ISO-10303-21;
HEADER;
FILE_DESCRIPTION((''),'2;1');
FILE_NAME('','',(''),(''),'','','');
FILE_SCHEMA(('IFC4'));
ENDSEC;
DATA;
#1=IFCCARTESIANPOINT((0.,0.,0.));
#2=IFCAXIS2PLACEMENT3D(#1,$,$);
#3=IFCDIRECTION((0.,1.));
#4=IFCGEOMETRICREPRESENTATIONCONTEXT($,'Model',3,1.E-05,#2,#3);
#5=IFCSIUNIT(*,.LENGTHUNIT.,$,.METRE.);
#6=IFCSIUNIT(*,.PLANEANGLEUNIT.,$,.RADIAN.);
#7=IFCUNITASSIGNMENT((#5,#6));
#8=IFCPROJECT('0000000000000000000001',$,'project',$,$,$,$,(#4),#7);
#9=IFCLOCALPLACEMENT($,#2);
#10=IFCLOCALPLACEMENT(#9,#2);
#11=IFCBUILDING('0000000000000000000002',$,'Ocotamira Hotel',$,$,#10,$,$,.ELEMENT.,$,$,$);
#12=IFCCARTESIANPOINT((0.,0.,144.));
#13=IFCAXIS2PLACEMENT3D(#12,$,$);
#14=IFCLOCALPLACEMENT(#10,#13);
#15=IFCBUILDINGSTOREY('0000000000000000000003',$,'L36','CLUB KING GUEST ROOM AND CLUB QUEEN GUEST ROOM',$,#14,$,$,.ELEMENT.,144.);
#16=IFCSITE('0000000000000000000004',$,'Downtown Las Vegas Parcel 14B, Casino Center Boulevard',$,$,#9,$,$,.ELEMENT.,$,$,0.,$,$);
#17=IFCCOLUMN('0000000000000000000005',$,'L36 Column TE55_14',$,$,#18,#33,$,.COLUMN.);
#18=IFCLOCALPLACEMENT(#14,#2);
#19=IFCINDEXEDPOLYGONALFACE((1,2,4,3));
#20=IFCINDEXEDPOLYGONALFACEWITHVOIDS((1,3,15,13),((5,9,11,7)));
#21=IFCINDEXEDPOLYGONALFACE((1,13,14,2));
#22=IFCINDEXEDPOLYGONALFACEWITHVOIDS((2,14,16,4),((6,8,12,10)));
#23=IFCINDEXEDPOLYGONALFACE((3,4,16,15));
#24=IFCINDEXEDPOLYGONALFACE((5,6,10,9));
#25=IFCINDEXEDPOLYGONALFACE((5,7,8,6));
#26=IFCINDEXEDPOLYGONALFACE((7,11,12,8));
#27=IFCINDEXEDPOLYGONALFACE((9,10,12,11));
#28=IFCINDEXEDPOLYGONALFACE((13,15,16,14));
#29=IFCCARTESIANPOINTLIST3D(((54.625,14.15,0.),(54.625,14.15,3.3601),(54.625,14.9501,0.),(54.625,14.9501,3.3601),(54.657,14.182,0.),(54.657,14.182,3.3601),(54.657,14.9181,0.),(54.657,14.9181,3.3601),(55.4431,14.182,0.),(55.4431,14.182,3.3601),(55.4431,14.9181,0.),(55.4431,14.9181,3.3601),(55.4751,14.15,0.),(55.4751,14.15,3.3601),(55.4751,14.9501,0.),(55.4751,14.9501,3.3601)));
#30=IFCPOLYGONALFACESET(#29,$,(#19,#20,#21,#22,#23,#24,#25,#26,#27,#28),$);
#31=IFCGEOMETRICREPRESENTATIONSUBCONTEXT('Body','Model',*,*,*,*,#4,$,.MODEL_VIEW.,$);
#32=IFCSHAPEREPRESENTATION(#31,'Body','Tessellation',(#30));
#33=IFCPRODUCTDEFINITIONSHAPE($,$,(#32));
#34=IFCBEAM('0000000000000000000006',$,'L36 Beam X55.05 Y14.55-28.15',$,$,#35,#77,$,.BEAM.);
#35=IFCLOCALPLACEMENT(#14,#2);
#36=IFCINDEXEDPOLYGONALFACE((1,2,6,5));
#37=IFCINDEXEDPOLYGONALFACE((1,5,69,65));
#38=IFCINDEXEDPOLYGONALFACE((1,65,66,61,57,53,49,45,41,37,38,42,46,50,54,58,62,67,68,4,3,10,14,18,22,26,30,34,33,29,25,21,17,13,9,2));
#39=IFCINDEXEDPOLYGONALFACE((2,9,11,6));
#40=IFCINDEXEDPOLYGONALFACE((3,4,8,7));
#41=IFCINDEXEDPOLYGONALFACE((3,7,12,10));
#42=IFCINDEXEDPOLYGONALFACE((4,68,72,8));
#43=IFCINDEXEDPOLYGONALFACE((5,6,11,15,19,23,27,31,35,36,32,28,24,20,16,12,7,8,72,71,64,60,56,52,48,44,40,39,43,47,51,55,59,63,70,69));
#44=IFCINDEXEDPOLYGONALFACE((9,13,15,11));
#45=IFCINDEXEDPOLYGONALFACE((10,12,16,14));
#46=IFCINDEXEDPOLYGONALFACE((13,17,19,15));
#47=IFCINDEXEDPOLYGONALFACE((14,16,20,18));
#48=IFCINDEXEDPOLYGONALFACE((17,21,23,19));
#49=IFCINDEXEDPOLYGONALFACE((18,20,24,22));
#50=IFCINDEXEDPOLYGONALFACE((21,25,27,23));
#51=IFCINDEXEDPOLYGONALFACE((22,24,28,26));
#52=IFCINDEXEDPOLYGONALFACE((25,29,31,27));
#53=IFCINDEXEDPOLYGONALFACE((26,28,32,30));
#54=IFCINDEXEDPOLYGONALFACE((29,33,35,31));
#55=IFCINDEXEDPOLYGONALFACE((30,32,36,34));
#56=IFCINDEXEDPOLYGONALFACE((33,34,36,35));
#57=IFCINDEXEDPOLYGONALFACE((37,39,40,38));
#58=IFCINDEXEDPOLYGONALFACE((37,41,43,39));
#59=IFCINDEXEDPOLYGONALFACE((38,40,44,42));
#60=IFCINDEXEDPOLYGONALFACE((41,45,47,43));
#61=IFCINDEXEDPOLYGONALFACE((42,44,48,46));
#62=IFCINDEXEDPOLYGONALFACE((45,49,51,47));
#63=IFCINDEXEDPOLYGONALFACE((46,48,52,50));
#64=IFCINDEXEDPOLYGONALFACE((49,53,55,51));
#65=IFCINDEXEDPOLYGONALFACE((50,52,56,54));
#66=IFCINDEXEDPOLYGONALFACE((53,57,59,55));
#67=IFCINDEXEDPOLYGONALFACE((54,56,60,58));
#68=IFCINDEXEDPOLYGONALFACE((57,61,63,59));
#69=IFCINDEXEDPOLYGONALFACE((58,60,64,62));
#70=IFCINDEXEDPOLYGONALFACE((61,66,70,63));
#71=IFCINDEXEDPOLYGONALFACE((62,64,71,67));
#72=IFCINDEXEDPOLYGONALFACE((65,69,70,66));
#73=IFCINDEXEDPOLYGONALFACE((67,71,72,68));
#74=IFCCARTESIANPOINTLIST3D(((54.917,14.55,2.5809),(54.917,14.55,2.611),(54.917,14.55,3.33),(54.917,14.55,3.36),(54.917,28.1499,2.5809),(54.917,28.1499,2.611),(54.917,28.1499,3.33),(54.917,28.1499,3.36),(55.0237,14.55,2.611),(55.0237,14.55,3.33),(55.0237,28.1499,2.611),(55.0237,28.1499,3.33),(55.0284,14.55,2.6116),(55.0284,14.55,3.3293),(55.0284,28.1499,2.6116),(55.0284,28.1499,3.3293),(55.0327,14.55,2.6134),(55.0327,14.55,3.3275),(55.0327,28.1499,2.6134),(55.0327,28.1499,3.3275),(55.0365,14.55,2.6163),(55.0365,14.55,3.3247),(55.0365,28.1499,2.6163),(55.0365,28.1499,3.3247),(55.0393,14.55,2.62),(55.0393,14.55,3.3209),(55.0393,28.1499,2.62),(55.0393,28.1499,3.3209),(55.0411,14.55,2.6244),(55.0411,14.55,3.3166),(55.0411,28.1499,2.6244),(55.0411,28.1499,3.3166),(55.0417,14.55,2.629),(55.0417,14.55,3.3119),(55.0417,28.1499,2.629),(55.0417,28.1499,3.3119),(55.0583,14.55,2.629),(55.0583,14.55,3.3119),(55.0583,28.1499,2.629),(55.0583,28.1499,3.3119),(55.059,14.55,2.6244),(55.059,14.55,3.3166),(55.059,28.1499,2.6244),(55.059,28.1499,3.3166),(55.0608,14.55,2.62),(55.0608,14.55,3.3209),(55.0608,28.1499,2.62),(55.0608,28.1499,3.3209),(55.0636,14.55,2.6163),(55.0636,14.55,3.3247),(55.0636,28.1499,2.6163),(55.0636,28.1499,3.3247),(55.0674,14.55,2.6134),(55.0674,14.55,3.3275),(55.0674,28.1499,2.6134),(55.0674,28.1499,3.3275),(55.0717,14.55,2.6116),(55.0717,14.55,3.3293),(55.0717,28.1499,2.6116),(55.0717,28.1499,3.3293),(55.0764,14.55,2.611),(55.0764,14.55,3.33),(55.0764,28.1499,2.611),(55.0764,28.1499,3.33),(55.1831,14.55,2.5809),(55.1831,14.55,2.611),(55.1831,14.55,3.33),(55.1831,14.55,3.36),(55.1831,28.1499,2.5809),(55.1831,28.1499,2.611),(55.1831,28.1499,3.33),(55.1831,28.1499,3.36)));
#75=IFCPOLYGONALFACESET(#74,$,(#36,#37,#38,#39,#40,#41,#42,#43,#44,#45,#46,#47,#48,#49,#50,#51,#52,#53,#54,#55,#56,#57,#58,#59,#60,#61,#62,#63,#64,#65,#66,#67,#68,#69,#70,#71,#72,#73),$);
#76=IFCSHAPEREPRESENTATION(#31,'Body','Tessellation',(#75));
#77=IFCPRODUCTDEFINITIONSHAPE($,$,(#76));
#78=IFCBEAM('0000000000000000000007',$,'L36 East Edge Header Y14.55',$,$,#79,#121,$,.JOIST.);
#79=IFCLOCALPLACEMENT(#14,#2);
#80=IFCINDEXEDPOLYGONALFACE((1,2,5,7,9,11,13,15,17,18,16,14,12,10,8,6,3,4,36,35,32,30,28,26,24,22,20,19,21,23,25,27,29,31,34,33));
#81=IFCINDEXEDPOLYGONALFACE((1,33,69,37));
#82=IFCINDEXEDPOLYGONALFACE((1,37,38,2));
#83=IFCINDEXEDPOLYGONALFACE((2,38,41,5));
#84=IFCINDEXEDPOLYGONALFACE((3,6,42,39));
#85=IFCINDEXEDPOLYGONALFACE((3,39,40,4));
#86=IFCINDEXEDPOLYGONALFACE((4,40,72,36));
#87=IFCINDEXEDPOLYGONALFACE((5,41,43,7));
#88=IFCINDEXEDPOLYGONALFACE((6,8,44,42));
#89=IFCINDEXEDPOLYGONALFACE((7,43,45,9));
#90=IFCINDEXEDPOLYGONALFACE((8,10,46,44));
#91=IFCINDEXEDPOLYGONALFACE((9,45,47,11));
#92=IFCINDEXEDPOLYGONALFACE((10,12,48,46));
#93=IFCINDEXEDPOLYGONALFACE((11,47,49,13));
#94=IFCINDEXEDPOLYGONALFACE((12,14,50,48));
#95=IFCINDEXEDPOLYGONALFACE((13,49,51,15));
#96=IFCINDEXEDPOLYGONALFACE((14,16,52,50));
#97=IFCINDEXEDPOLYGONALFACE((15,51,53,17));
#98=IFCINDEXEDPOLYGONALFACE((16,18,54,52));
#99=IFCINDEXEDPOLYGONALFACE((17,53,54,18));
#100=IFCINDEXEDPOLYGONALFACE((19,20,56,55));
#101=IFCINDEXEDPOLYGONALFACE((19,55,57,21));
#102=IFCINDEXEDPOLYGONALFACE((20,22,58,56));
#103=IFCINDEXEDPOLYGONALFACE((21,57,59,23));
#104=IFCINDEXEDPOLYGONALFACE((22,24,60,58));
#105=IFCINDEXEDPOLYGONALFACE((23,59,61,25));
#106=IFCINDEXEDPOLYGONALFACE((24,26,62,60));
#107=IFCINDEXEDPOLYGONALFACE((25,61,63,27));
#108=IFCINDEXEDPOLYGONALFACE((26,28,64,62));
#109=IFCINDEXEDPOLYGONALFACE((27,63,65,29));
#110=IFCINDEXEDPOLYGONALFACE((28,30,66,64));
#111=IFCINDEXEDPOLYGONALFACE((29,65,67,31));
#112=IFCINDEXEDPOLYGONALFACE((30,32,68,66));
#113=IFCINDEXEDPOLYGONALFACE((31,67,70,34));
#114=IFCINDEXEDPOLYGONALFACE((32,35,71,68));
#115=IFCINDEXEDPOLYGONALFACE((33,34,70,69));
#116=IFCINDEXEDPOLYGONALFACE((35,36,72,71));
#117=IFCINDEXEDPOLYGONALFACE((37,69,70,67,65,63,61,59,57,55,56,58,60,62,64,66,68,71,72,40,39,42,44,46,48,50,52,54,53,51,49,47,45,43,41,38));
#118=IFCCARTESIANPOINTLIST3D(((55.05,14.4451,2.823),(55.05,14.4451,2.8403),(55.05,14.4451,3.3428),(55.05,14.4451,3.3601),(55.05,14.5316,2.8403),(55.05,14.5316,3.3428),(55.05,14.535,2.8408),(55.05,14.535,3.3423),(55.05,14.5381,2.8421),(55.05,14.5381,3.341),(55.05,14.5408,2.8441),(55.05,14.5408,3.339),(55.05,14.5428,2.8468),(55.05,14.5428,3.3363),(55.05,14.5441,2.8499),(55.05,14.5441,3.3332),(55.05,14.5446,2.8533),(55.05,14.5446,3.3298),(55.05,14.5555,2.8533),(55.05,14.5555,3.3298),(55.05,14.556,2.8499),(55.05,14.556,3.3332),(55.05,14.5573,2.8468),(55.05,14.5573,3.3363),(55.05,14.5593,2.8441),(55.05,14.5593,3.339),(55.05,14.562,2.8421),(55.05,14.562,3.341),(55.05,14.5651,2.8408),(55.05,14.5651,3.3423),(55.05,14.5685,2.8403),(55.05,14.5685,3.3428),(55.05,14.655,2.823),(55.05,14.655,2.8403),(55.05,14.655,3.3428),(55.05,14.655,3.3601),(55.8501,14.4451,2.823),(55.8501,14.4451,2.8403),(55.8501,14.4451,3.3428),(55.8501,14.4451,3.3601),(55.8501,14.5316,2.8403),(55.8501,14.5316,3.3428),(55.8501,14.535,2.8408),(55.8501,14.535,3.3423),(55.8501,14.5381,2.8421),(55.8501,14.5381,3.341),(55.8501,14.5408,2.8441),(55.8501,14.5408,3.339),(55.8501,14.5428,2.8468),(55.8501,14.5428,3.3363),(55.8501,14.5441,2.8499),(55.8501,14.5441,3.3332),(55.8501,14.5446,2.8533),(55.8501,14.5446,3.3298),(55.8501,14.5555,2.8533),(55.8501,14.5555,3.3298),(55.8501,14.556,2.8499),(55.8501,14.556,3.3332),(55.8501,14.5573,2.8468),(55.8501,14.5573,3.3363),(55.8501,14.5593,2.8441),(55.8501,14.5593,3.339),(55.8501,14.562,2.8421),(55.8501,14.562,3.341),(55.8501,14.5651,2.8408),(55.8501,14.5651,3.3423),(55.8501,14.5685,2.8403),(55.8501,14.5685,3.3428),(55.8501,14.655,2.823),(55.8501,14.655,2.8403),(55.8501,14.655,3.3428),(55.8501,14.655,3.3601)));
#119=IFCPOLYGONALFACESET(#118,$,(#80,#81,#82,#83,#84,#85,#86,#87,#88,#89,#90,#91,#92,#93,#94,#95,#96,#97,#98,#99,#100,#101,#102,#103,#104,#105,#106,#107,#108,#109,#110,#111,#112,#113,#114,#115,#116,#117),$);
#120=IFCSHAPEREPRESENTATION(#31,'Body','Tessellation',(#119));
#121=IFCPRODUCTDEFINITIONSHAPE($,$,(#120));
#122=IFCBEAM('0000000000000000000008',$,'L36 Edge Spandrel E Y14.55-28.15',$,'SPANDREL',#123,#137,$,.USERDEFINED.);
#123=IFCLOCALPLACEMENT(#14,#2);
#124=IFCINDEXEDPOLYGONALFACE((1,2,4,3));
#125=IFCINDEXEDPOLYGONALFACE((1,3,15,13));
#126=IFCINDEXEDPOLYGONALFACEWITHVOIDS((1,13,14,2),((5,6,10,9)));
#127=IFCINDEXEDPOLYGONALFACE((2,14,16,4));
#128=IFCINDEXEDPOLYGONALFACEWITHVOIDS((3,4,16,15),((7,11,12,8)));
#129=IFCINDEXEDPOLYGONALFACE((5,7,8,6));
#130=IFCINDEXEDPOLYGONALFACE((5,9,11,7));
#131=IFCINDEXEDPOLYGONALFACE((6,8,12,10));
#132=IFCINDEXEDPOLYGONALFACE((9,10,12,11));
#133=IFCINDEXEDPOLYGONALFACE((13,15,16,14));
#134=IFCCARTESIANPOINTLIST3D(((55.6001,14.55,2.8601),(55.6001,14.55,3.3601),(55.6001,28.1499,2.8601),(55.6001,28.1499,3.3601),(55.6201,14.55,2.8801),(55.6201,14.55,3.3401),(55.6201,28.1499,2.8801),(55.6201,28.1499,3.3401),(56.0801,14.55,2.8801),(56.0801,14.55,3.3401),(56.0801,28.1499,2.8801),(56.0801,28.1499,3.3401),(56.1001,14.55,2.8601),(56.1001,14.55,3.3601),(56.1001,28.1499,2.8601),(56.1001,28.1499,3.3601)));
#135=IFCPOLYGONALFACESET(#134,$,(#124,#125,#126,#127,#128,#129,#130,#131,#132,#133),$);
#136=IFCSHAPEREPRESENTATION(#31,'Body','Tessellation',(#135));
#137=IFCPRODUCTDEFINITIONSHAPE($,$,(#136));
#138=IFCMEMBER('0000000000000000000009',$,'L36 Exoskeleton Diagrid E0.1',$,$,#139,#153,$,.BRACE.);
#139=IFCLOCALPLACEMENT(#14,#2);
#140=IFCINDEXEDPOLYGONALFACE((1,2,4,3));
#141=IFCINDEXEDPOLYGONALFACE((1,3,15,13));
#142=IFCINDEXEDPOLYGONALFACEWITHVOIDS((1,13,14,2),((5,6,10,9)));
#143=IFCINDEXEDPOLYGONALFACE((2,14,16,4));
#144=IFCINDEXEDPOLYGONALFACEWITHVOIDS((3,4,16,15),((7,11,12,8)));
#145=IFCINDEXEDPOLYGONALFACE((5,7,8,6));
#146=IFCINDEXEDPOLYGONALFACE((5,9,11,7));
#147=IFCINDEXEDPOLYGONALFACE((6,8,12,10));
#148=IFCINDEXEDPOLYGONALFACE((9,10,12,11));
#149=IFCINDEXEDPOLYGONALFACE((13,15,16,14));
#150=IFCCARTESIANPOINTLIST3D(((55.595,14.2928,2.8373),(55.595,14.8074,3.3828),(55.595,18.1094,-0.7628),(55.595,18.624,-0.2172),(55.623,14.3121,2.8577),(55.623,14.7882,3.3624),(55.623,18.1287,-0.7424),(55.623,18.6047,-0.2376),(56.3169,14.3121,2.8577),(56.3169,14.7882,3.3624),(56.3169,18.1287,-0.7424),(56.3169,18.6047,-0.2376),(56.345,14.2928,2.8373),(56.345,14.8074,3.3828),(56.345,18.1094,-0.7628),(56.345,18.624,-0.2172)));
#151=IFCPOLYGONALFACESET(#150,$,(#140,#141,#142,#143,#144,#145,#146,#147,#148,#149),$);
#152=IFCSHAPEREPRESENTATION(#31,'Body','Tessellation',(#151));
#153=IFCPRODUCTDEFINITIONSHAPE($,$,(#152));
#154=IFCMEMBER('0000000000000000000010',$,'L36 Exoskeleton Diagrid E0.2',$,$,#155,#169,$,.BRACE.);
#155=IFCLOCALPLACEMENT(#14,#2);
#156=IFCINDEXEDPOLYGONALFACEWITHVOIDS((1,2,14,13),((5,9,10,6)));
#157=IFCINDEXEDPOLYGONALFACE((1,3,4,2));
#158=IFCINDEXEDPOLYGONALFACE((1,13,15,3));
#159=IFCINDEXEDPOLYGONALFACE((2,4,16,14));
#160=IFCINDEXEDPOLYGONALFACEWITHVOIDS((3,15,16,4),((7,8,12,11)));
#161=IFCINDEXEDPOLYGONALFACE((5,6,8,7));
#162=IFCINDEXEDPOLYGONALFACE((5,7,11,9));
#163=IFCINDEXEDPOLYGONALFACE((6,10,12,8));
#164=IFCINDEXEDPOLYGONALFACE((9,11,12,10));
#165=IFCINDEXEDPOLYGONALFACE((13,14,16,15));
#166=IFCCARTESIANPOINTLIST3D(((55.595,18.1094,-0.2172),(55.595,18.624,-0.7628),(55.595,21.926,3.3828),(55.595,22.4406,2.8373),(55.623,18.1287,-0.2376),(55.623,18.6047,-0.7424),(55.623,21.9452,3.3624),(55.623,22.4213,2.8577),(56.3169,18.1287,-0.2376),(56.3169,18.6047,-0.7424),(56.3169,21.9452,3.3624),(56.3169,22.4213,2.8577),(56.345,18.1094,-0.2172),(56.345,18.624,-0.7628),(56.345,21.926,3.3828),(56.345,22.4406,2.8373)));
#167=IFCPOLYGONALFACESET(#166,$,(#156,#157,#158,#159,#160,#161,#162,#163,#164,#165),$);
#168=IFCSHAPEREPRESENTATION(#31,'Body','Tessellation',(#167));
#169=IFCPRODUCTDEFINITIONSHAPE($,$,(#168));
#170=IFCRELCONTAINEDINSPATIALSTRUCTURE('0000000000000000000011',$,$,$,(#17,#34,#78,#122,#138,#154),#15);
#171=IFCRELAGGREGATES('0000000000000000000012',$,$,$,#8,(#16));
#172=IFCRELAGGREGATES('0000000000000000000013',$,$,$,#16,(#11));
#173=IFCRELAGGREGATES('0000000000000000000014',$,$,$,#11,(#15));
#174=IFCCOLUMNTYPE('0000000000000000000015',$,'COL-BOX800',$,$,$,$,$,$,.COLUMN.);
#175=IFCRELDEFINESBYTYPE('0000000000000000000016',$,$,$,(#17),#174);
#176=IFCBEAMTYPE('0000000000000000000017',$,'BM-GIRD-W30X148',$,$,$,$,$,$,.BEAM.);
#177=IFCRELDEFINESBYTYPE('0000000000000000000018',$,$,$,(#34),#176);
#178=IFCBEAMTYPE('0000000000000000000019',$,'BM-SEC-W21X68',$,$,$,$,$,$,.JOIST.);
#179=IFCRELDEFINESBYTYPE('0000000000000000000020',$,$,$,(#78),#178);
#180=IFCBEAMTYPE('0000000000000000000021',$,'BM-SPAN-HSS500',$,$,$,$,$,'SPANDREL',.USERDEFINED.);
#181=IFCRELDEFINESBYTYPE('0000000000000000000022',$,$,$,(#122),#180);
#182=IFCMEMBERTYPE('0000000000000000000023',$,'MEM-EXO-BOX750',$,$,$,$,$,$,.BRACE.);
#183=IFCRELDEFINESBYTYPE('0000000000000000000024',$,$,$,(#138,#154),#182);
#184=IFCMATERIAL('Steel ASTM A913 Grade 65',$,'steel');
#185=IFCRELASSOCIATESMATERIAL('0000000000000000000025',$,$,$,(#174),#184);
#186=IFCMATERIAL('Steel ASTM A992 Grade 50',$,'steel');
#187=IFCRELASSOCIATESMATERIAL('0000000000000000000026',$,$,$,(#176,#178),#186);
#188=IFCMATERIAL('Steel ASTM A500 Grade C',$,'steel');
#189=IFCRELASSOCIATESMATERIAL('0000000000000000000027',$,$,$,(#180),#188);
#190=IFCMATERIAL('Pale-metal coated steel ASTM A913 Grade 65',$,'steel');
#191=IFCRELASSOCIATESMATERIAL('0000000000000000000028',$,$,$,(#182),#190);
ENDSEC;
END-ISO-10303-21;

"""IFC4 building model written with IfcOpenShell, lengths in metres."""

from ifc_helpers import new_model, si_unit, direction, frame, origin, origin_2d, place, context, subcontext, project, spatial, hollow_rectangle, i_section, extrude, source, transform, mapped, material, material_profile, profile_set, type_object, element, save


model = new_model("IFC4")

# Units and contexts
model_context = context("Model", 3, precision=1e-05, world=origin(), true_north=direction((0.0, 1.0)))
body_context = subcontext(model_context, "Body", "Model", "MODEL_VIEW")
ifc_project = project(units=[si_unit("LENGTHUNIT", "METRE"), si_unit("PLANEANGLEUNIT", "RADIAN")], contexts=[model_context])

# Site, building, storey
site_placement = place(None, origin())
site = spatial("IfcSite", under=ifc_project, at=site_placement, Name="Downtown Las Vegas Parcel 14B, Casino Center Boulevard", CompositionType="ELEMENT", RefElevation=0.0)
building_placement = place(site_placement, origin())
building = spatial("IfcBuilding", under=site, at=building_placement, Name="Ocotamira Hotel", CompositionType="ELEMENT")
storey_placement = place(building_placement, frame((0.0, 0.0, 144.0)))
storey = spatial("IfcBuildingStorey", under=building, at=storey_placement, Name="L36", Description="CLUB KING GUEST ROOM AND CLUB QUEEN GUEST ROOM", CompositionType="ELEMENT", Elevation=144.0)

# Column
ifc_material_1 = material(Name="Steel ASTM A913 Grade 65", Category="steel")
ifc_material_profile_1 = material_profile(ifc_material_1, hollow_rectangle(XDim=0.8501, YDim=0.8, WallThickness=0.032, at=origin_2d()), Name="BOX800X850X32")
ifc_profile_set_1 = profile_set([ifc_material_profile_1], Name="Steel ASTM A913 Grade 65")
column_type = type_object("IfcColumnType", Name="COL-BOX800", PredefinedType="COLUMN", material=ifc_profile_set_1)
shared_shape_1 = source(origin(), body_context, "Body", "SweptSolid", [
    extrude(hollow_rectangle(XDim=0.8501, YDim=0.8, WallThickness=0.032, at=origin_2d()), origin(), (0.0, 0.0, 1.0), 3.3601),
])
column_placement = place(storey_placement, frame((55.05, 14.55, 0.0), z_axis=(0.0, 0.0, 1.0), x_axis=(1.0, 0.0, 0.0)))
element("IfcColumn", 1, at=column_placement, inside=storey, type_object=column_type, Name="L36 Column TE55_14", PredefinedType="COLUMN", context=body_context, shape_type="MappedRepresentation", body=[
    mapped(shared_shape_1, transform((0.0, 0.0, 0.0), scale=1.0)),
])

# Beams
ifc_material_2 = material(Name="Steel ASTM A992 Grade 50", Category="steel")
ifc_material_profile_2 = material_profile(ifc_material_2, i_section(OverallWidth=0.2661, OverallDepth=0.7791, WebThickness=0.0166, FlangeThickness=0.03, FilletRadius=0.0181, at=origin_2d()), Name="W30X148")
ifc_profile_set_2 = profile_set([ifc_material_profile_2], Name="Steel ASTM A992 Grade 50")
beam_type_1 = type_object("IfcBeamType", Name="BM-GIRD-W30X148", PredefinedType="BEAM", material=ifc_profile_set_2)
shared_shape_2 = source(origin(), body_context, "Body", "SweptSolid", [
    extrude(i_section(OverallWidth=0.2661, OverallDepth=0.7791, WebThickness=0.0166, FlangeThickness=0.03, FilletRadius=0.0181, at=origin_2d()), origin(), (0.0, 0.0, 1.0), 13.5999),
])
beam_1_placement = place(storey_placement, frame((55.05, 14.55, 2.9705), z_axis=(0.0, 1.0, 0.0), x_axis=(-1.0, 0.0, 0.0)))
element("IfcBeam", 2, at=beam_1_placement, inside=storey, type_object=beam_type_1, Name="L36 Beam X55.05 Y14.55-28.15", PredefinedType="BEAM", context=body_context, shape_type="MappedRepresentation", body=[
    mapped(shared_shape_2, transform((0.0, 0.0, 0.0), scale=1.0)),
])
ifc_material_profile_3 = material_profile(ifc_material_2, i_section(OverallWidth=0.21, OverallDepth=0.5371, WebThickness=0.011, FlangeThickness=0.0173, FilletRadius=0.0129, at=origin_2d()), Name="W21X68")
ifc_profile_set_3 = profile_set([ifc_material_profile_3], Name="Steel ASTM A992 Grade 50")
beam_type_2 = type_object("IfcBeamType", Name="BM-SEC-W21X68", PredefinedType="JOIST", material=ifc_profile_set_3)
shared_shape_3 = source(origin(), body_context, "Body", "SweptSolid", [
    extrude(i_section(OverallWidth=0.21, OverallDepth=0.5371, WebThickness=0.011, FlangeThickness=0.0173, FilletRadius=0.0129, at=origin_2d()), origin(), (0.0, 0.0, 1.0), 0.8),
])
beam_2_placement = place(storey_placement, frame((55.05, 14.55, 3.0916), z_axis=(1.0, 0.0, 0.0), x_axis=(0.0, 1.0, 0.0)))
element("IfcBeam", 3, at=beam_2_placement, inside=storey, type_object=beam_type_2, Name="L36 East Edge Header Y14.55", PredefinedType="JOIST", context=body_context, shape_type="MappedRepresentation", body=[
    mapped(shared_shape_3, transform((0.0, 0.0, 0.0), scale=1.0)),
])
ifc_material_3 = material(Name="Steel ASTM A500 Grade C", Category="steel")
ifc_material_profile_4 = material_profile(ifc_material_3, hollow_rectangle(XDim=0.5, YDim=0.5, WallThickness=0.02, at=origin_2d()), Name="HSS500X500X20")
ifc_profile_set_4 = profile_set([ifc_material_profile_4], Name="Steel ASTM A500 Grade C")
beam_type_3 = type_object("IfcBeamType", Name="BM-SPAN-HSS500", ElementType="SPANDREL", PredefinedType="USERDEFINED", material=ifc_profile_set_4)
shared_shape_4 = source(origin(), body_context, "Body", "SweptSolid", [
    extrude(hollow_rectangle(XDim=0.5, YDim=0.5, WallThickness=0.02, at=origin_2d()), origin(), (0.0, 0.0, 1.0), 13.5999),
])
beam_3_placement = place(storey_placement, frame((55.8501, 14.55, 3.1101), z_axis=(0.0, 1.0, 0.0), x_axis=(-1.0, 0.0, 0.0)))
element("IfcBeam", 4, at=beam_3_placement, inside=storey, type_object=beam_type_3, Name="L36 Edge Spandrel E Y14.55-28.15", ObjectType="SPANDREL", PredefinedType="USERDEFINED", context=body_context, shape_type="MappedRepresentation", body=[
    mapped(shared_shape_4, transform((0.0, 0.0, 0.0), scale=1.0)),
])

# Members
ifc_material_4 = material(Name="Pale-metal coated steel ASTM A913 Grade 65", Category="steel")
ifc_material_profile_5 = material_profile(ifc_material_4, hollow_rectangle(XDim=0.75, YDim=0.75, WallThickness=0.0281, at=origin_2d()), Name="BOX750X750X28")
ifc_profile_set_5 = profile_set([ifc_material_profile_5], Name="Pale-metal coated steel ASTM A913 Grade 65")
member_type_1 = type_object("IfcMemberType", Name="MEM-EXO-BOX750", PredefinedType="BRACE", material=ifc_profile_set_5)
shared_shape_5 = source(origin(), body_context, "Body", "SweptSolid", [
    extrude(hollow_rectangle(XDim=0.75, YDim=0.75, WallThickness=0.0281, at=origin_2d()), origin(), (0.0, 0.0, 1.0), 5.2466),
])
for number, where, z_axis, x_axis, name in (
    (5, (55.97, 18.3667, -0.49), (0.0, -0.727443, 0.686168), (1.0, 0.0, 0.0), "L36 Exoskeleton Diagrid E0.1"),
    (6, (55.97, 18.3667, -0.49), (0.0, 0.727443, 0.686168), (-1.0, 0.0, 0.0), "L36 Exoskeleton Diagrid E0.2"),
):
    element("IfcMember", number, at=place(storey_placement, frame(where, z_axis=z_axis, x_axis=x_axis)), inside=storey, type_object=member_type_1, Name=name, PredefinedType="BRACE", context=body_context, shape_type="MappedRepresentation", body=[
        mapped(shared_shape_5, transform((0.0, 0.0, 0.0), scale=1.0)),
    ])

save(model, "model.ifc")
